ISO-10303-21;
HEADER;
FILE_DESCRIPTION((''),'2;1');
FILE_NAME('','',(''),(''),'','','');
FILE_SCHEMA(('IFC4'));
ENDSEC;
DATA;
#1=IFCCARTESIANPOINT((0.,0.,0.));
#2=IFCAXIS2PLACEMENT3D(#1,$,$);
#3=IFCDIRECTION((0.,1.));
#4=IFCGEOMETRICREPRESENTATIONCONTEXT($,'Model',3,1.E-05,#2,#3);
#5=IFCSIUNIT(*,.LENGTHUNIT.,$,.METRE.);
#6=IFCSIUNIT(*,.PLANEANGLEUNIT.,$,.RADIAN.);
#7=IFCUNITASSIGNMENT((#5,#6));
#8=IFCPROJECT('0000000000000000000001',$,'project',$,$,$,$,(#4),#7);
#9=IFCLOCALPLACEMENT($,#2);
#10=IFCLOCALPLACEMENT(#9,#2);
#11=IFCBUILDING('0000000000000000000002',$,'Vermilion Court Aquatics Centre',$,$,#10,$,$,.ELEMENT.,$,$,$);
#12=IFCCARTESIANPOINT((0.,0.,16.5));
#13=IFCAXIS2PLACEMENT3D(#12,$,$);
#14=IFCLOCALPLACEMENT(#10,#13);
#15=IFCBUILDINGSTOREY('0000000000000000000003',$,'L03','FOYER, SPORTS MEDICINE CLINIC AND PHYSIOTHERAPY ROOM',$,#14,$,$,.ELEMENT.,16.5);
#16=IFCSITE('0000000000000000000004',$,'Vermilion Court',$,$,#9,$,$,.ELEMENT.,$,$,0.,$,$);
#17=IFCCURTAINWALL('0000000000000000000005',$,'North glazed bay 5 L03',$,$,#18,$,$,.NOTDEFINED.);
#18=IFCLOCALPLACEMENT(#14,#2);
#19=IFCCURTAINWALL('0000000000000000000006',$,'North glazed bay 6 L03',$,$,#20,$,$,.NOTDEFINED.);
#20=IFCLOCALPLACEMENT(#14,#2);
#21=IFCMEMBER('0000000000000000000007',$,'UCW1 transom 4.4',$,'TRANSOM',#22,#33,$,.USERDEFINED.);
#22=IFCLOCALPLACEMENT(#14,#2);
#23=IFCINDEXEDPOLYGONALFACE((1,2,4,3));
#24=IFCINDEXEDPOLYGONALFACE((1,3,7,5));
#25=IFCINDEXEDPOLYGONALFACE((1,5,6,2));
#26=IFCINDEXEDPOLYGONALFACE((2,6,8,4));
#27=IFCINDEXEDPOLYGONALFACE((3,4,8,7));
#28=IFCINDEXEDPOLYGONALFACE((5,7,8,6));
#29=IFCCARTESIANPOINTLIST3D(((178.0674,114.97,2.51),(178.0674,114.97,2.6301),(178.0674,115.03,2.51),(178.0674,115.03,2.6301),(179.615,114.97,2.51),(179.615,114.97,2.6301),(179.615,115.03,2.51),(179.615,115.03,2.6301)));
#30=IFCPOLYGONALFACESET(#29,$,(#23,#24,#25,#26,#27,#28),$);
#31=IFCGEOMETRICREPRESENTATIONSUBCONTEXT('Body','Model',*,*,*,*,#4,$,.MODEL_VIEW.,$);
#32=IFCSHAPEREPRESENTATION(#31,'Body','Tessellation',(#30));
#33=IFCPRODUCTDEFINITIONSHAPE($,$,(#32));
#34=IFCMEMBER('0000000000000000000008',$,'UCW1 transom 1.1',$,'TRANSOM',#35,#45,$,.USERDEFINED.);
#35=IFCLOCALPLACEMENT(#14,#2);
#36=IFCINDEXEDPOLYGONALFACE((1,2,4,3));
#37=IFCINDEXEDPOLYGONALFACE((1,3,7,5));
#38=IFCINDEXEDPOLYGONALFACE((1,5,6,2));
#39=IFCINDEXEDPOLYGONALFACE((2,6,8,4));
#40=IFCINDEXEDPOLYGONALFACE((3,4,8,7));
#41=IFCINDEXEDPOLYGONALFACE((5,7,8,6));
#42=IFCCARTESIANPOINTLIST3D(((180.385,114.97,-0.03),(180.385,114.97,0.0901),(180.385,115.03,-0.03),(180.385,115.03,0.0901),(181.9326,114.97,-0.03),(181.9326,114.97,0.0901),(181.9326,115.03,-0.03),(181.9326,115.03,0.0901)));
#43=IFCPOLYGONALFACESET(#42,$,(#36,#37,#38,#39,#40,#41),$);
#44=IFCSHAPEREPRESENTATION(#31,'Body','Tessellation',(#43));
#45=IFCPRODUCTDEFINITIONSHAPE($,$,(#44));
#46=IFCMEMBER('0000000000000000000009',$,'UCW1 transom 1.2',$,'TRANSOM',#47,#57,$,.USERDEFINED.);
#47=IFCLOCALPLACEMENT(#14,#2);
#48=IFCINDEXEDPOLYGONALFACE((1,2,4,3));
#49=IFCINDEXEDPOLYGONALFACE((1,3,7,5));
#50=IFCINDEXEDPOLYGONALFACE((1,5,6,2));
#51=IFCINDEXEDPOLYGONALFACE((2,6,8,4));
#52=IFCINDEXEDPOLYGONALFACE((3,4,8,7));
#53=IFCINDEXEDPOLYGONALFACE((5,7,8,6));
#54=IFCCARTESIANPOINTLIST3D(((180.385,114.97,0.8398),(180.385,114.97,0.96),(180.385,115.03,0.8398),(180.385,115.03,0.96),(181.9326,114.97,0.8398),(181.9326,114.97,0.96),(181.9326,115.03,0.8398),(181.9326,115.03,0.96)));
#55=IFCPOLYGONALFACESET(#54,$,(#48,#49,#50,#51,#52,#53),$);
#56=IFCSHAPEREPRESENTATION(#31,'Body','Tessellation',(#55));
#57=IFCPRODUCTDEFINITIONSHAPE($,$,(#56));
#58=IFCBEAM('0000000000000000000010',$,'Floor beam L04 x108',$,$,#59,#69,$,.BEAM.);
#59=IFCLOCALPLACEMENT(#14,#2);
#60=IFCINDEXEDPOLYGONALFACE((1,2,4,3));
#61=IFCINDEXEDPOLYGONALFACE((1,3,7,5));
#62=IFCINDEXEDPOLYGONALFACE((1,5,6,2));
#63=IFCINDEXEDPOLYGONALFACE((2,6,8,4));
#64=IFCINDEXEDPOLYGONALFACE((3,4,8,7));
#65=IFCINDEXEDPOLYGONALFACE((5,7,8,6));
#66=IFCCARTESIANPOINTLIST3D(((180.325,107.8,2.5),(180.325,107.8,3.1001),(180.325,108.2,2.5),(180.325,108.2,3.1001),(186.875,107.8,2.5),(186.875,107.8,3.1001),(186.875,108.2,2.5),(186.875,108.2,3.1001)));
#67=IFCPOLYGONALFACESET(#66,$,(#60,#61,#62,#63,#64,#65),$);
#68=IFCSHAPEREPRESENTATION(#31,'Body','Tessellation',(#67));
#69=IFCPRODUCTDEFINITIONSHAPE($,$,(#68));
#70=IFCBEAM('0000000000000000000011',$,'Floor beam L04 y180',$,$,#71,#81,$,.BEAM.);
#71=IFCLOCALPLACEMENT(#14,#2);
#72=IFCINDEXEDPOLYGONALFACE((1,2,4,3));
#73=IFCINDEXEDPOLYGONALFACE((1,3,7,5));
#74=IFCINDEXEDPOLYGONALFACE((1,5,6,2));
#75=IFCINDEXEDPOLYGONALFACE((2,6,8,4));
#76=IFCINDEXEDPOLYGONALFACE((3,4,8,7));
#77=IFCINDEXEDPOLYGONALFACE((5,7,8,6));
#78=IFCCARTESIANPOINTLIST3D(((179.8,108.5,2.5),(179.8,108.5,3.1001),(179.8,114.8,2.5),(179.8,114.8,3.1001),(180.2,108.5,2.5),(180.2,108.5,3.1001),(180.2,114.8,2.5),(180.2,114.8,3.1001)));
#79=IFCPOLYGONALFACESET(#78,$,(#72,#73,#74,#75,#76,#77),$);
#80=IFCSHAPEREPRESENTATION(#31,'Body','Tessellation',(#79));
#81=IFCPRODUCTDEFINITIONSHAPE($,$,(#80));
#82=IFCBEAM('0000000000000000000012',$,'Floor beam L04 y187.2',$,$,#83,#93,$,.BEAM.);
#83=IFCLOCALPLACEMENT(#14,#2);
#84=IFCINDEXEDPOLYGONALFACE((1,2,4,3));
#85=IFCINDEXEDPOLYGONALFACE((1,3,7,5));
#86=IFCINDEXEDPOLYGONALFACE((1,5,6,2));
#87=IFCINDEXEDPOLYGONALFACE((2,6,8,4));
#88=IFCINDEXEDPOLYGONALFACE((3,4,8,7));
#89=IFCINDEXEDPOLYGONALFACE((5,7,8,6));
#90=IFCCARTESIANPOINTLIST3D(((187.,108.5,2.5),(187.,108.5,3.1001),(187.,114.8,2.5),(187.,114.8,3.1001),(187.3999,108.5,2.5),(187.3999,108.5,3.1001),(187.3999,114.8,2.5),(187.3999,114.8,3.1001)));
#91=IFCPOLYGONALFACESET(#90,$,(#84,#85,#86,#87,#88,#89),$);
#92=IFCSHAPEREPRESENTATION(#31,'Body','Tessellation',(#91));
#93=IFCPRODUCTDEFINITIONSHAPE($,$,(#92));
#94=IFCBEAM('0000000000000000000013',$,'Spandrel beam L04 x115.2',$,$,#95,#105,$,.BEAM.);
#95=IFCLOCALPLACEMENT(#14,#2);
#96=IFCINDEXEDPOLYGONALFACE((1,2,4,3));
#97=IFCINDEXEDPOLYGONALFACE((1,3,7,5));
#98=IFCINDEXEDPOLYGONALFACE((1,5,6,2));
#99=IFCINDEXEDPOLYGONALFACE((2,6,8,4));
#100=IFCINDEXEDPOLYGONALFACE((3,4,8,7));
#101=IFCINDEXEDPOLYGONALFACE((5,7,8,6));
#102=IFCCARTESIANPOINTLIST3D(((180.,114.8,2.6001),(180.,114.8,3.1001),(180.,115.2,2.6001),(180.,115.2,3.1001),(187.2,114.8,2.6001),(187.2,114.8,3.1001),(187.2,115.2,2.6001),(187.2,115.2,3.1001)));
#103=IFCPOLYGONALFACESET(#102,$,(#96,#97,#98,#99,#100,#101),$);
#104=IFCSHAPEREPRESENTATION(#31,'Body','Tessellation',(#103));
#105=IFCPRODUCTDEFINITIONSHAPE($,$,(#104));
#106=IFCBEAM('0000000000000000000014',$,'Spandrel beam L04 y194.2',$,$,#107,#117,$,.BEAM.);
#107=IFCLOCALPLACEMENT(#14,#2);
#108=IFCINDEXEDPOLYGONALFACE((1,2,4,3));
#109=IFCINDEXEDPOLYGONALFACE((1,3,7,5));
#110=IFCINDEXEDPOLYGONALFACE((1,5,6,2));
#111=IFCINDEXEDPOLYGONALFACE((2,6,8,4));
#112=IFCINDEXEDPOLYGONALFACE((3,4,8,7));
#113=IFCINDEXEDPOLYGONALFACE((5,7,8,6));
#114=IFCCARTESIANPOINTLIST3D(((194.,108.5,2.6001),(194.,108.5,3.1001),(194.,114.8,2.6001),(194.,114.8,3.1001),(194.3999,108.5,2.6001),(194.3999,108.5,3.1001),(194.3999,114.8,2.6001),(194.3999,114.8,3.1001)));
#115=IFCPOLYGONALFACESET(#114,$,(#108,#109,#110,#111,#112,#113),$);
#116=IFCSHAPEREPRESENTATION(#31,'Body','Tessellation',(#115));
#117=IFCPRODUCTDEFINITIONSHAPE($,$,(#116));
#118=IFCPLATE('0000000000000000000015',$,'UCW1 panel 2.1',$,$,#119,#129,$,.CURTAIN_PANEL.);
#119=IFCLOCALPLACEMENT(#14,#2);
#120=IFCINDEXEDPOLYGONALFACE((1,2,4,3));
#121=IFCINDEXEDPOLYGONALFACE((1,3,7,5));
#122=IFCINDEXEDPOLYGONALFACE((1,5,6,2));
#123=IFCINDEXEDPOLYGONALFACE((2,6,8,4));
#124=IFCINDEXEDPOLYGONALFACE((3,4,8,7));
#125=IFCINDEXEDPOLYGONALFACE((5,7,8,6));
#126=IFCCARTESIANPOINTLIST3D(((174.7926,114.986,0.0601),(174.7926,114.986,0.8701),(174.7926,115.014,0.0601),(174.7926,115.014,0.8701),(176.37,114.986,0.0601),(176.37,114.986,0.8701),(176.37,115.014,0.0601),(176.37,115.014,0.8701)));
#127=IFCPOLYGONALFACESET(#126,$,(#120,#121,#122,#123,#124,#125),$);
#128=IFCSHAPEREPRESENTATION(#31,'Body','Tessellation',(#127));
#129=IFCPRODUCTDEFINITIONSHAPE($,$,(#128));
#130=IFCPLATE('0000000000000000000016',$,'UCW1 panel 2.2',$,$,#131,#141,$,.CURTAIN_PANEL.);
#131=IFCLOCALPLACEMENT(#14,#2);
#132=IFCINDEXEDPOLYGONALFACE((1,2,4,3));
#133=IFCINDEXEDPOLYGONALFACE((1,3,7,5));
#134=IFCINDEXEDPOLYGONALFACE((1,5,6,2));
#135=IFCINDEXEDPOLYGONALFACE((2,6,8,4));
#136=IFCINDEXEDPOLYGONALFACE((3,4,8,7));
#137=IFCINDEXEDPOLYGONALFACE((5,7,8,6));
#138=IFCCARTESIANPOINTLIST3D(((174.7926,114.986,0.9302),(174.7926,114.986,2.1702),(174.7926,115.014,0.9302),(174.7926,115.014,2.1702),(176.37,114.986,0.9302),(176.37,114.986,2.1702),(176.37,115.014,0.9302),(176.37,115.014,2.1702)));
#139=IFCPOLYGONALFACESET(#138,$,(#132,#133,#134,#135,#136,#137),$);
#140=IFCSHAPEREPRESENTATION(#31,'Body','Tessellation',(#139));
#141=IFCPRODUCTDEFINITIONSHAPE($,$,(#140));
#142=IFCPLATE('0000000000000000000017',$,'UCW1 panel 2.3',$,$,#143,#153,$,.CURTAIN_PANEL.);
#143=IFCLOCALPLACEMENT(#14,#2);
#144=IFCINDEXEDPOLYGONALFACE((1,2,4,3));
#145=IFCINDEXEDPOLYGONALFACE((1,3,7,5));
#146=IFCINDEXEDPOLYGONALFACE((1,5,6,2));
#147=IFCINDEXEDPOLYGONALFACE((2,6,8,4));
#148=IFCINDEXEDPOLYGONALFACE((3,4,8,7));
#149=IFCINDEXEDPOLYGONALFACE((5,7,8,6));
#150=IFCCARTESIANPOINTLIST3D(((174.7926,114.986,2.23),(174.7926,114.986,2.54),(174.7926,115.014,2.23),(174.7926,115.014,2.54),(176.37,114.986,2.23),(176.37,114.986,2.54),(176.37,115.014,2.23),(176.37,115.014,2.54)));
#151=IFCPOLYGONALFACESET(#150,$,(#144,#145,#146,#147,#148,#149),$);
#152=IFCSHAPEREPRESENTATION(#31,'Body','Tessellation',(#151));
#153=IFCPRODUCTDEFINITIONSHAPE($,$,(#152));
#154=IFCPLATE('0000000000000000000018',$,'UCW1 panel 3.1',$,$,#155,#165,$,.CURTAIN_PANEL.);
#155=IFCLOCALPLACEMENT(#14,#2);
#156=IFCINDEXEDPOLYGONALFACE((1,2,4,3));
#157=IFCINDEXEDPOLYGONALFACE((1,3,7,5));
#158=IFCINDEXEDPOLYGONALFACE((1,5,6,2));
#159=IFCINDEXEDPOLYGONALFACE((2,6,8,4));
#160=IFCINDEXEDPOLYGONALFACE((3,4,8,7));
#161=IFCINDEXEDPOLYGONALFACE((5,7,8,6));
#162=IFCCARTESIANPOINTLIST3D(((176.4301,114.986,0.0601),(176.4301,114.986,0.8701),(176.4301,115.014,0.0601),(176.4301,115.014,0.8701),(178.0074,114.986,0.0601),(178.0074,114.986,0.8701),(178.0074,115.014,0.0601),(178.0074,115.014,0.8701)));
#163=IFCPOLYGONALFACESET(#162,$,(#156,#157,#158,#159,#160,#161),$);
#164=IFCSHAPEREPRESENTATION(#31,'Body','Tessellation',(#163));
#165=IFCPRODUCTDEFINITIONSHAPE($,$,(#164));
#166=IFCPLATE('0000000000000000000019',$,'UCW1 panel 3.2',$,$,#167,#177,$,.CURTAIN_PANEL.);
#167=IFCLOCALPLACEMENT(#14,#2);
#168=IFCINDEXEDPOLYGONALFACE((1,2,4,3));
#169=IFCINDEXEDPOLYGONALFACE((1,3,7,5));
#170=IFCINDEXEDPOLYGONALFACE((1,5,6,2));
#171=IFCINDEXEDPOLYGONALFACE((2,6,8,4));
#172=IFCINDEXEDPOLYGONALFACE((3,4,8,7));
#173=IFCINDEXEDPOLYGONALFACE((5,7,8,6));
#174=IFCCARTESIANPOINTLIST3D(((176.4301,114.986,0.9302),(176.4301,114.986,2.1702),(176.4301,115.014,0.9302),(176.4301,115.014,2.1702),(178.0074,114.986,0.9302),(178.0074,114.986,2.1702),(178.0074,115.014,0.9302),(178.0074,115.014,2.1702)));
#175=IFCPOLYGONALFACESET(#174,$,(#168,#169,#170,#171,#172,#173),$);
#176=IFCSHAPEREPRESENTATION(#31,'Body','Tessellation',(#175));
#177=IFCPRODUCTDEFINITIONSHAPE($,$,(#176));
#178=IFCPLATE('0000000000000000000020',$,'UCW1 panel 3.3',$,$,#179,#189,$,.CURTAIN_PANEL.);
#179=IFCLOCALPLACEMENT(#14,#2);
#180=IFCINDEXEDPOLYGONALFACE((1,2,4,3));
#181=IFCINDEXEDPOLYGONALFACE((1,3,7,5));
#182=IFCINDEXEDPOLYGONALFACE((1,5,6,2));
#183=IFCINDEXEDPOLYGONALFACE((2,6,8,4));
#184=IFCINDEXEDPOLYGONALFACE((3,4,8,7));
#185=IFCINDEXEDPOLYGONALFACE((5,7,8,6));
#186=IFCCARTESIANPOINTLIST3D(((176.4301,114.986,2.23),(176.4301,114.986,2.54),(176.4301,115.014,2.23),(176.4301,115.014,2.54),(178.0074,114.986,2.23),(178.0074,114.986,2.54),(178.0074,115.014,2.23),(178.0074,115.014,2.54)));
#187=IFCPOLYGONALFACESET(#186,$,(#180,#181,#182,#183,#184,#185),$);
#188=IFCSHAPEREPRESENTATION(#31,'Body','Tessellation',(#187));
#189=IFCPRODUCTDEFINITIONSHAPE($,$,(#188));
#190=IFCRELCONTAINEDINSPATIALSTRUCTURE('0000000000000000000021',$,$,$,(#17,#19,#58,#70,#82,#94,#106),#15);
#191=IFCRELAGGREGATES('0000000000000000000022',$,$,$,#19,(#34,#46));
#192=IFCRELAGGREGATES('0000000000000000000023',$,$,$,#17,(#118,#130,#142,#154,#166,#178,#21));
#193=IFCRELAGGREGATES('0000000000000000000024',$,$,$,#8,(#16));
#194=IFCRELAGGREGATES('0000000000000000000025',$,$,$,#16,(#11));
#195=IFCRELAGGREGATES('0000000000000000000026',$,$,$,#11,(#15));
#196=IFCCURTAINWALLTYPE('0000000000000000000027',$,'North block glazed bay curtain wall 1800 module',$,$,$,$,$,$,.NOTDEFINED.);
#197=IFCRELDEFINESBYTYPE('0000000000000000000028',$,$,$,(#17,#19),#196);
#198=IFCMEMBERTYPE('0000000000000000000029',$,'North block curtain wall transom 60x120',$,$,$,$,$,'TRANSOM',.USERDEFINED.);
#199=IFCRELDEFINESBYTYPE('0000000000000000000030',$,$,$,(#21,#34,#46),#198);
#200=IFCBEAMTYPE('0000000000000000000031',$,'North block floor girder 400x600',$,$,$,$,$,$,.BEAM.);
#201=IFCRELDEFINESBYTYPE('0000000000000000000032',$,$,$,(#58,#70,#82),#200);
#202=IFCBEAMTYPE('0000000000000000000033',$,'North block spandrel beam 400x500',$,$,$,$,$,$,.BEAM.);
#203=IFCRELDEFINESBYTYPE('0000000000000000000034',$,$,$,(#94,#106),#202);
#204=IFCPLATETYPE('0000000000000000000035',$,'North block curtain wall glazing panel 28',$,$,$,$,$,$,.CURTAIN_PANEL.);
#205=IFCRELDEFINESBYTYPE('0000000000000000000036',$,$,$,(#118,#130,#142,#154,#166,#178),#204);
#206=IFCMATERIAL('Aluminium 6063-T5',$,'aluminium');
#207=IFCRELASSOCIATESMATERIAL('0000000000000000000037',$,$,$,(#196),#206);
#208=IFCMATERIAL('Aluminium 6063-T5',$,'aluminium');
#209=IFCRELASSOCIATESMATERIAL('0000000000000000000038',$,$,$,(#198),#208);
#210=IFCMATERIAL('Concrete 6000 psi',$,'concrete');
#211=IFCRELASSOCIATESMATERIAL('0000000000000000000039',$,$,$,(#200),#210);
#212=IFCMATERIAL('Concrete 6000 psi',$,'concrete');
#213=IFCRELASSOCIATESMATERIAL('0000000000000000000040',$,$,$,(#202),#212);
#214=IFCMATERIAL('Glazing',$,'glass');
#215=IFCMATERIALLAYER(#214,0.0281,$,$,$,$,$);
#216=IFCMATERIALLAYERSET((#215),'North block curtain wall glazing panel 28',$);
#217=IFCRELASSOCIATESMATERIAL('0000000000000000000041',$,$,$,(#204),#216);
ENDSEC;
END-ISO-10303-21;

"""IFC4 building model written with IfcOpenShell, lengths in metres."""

from ifc_helpers import new_model, si_unit, direction, frame, origin, origin_2d, place, context, subcontext, project, spatial, rectangle, extrude, material, layer, layer_set, material_profile, profile_set, type_object, element, aggregate, save


model = new_model("IFC4")

# Units and contexts
model_context = context("Model", 3, precision=1e-05, world=origin(), true_north=direction((0.0, 1.0)))
body_context = subcontext(model_context, "Body", "Model", "MODEL_VIEW")
ifc_project = project(units=[si_unit("LENGTHUNIT", "METRE"), si_unit("PLANEANGLEUNIT", "RADIAN")], contexts=[model_context])

# Site, building, storey
site_placement = place(None, origin())
site = spatial("IfcSite", under=ifc_project, at=site_placement, Name="Vermilion Court", CompositionType="ELEMENT", RefElevation=0.0)
building_placement = place(site_placement, origin())
building = spatial("IfcBuilding", under=site, at=building_placement, Name="Vermilion Court Aquatics Centre", CompositionType="ELEMENT")
storey_placement = place(building_placement, frame((0.0, 0.0, 16.5)))
storey = spatial("IfcBuildingStorey", under=building, at=storey_placement, Name="L03", Description="FOYER, SPORTS MEDICINE CLINIC AND PHYSIOTHERAPY ROOM", CompositionType="ELEMENT", Elevation=16.5)

# Curtain wall
ifc_material_1 = material(Name="Aluminium 6063-T5", Category="aluminium")
curtain_wall_type = type_object("IfcCurtainWallType", Name="North block glazed bay curtain wall 1800 module", PredefinedType="NOTDEFINED", material=ifc_material_1)
curtain_wall_1_placement = place(storey_placement, origin())
curtain_wall_1 = element("IfcCurtainWall", 1, at=curtain_wall_1_placement, inside=storey, type_object=curtain_wall_type, Name="North glazed bay 5 L03", PredefinedType="NOTDEFINED")

# Curtain wall
curtain_wall_2_placement = place(storey_placement, origin())
curtain_wall_2 = element("IfcCurtainWall", 2, at=curtain_wall_2_placement, inside=storey, type_object=curtain_wall_type, Name="North glazed bay 6 L03", PredefinedType="NOTDEFINED")

# Members
ifc_material_2 = material(Name="Aluminium 6063-T5", Category="aluminium")
ifc_material_profile_1 = material_profile(ifc_material_2, rectangle(XDim=0.0601, YDim=0.1201, at=origin_2d()), Name="AL 60x120")
ifc_profile_set_1 = profile_set([ifc_material_profile_1], Name="Aluminium 6063-T5")
member_type_1 = type_object("IfcMemberType", Name="North block curtain wall transom 60x120", ElementType="TRANSOM", PredefinedType="USERDEFINED", material=ifc_profile_set_1)
member_1_placement = place(storey_placement, frame((178.0674, 115.0, 2.5701), z_axis=(1.0, 0.0, 0.0), x_axis=(0.0, 1.0, 0.0)))
member_1 = element("IfcMember", 3, at=member_1_placement, type_object=member_type_1, Name="UCW1 transom 4.4", ObjectType="TRANSOM", PredefinedType="USERDEFINED", context=body_context, shape_type="SweptSolid", body=[
    extrude(rectangle(XDim=0.0601, YDim=0.1201, at=origin_2d()), origin(), (0.0, 0.0, 1.0), 1.5476),
])
member_2_placement = place(storey_placement, frame((180.385, 115.0, 0.03), z_axis=(1.0, 0.0, 0.0), x_axis=(0.0, 1.0, 0.0)))
member_2 = element("IfcMember", 4, at=member_2_placement, type_object=member_type_1, Name="UCW1 transom 1.1", ObjectType="TRANSOM", PredefinedType="USERDEFINED", context=body_context, shape_type="SweptSolid", body=[
    extrude(rectangle(XDim=0.0601, YDim=0.1201, at=origin_2d()), origin(), (0.0, 0.0, 1.0), 1.5476),
])
member_3_placement = place(storey_placement, frame((180.385, 115.0, 0.8999), z_axis=(1.0, 0.0, 0.0), x_axis=(0.0, 1.0, 0.0)))
member_3 = element("IfcMember", 5, at=member_3_placement, type_object=member_type_1, Name="UCW1 transom 1.2", ObjectType="TRANSOM", PredefinedType="USERDEFINED", context=body_context, shape_type="SweptSolid", body=[
    extrude(rectangle(XDim=0.0601, YDim=0.1201, at=origin_2d()), origin(), (0.0, 0.0, 1.0), 1.5476),
])
aggregate(curtain_wall_2, [member_2, member_3])

# Beams
ifc_material_3 = material(Name="Concrete 6000 psi", Category="concrete")
ifc_material_profile_2 = material_profile(ifc_material_3, rectangle(XDim=0.3999, YDim=0.6001, at=origin_2d()), Name="RC 400x600")
ifc_profile_set_2 = profile_set([ifc_material_profile_2], Name="Concrete 6000 psi")
beam_type_1 = type_object("IfcBeamType", Name="North block floor girder 400x600", PredefinedType="BEAM", material=ifc_profile_set_2)
beam_1_placement = place(storey_placement, frame((180.325, 108.0, 2.8), z_axis=(1.0, 0.0, 0.0), x_axis=(0.0, 1.0, 0.0)))
element("IfcBeam", 6, at=beam_1_placement, inside=storey, type_object=beam_type_1, Name="Floor beam L04 x108", PredefinedType="BEAM", context=body_context, shape_type="SweptSolid", body=[
    extrude(rectangle(XDim=0.3999, YDim=0.6001, at=origin_2d()), origin(), (0.0, 0.0, 1.0), 6.55),
])
for number, where, z_axis, x_axis, name in (
    (7, (180.0, 108.5, 2.8), (0.0, 1.0, 0.0), (-1.0, 0.0, 0.0), "Floor beam L04 y180"),
    (8, (187.2, 108.5, 2.8), (0.0, 1.0, 0.0), (-1.0, 0.0, 0.0), "Floor beam L04 y187.2"),
):
    element("IfcBeam", number, at=place(storey_placement, frame(where, z_axis=z_axis, x_axis=x_axis)), inside=storey, type_object=beam_type_1, Name=name, PredefinedType="BEAM", context=body_context, shape_type="SweptSolid", body=[
        extrude(rectangle(XDim=0.3999, YDim=0.6001, at=origin_2d()), origin(), (0.0, 0.0, 1.0), 6.3),
    ])
ifc_material_4 = material(Name="Concrete 6000 psi", Category="concrete")
ifc_material_profile_3 = material_profile(ifc_material_4, rectangle(XDim=0.3999, YDim=0.5, at=origin_2d()), Name="RC 400x500")
ifc_profile_set_3 = profile_set([ifc_material_profile_3], Name="Concrete 6000 psi")
beam_type_2 = type_object("IfcBeamType", Name="North block spandrel beam 400x500", PredefinedType="BEAM", material=ifc_profile_set_3)
beam_2_placement = place(storey_placement, frame((180.0, 115.0, 2.8501), z_axis=(1.0, 0.0, 0.0), x_axis=(0.0, 1.0, 0.0)))
element("IfcBeam", 9, at=beam_2_placement, inside=storey, type_object=beam_type_2, Name="Spandrel beam L04 x115.2", PredefinedType="BEAM", context=body_context, shape_type="SweptSolid", body=[
    extrude(rectangle(XDim=0.3999, YDim=0.5, at=origin_2d()), origin(), (0.0, 0.0, 1.0), 7.2),
])
beam_3_placement = place(storey_placement, frame((194.2, 108.5, 2.8501), z_axis=(0.0, 1.0, 0.0), x_axis=(-1.0, 0.0, 0.0)))
element("IfcBeam", 10, at=beam_3_placement, inside=storey, type_object=beam_type_2, Name="Spandrel beam L04 y194.2", PredefinedType="BEAM", context=body_context, shape_type="SweptSolid", body=[
    extrude(rectangle(XDim=0.3999, YDim=0.5, at=origin_2d()), origin(), (0.0, 0.0, 1.0), 6.3),
])

# Plates
ifc_material_5 = material(Name="Glazing", Category="glass")
ifc_layer_1 = layer(ifc_material_5, 0.0281)
ifc_layer_set_1 = layer_set([ifc_layer_1], Name="North block curtain wall glazing panel 28")
plate_type = type_object("IfcPlateType", Name="North block curtain wall glazing panel 28", PredefinedType="CURTAIN_PANEL", material=ifc_layer_set_1)
plate_1_placement = place(storey_placement, frame((175.5813, 115.0, 0.0601), z_axis=(0.0, 0.0, 1.0), x_axis=(1.0, 0.0, 0.0)))
plate_1 = element("IfcPlate", 11, at=plate_1_placement, type_object=plate_type, Name="UCW1 panel 2.1", PredefinedType="CURTAIN_PANEL", context=body_context, shape_type="SweptSolid", body=[
    extrude(rectangle(XDim=1.5774, YDim=0.0281, at=origin_2d()), origin(), (0.0, 0.0, 1.0), 0.8101),
])
plate_2_placement = place(storey_placement, frame((175.5813, 115.0, 0.9302), z_axis=(0.0, 0.0, 1.0), x_axis=(1.0, 0.0, 0.0)))
plate_2 = element("IfcPlate", 12, at=plate_2_placement, type_object=plate_type, Name="UCW1 panel 2.2", PredefinedType="CURTAIN_PANEL", context=body_context, shape_type="SweptSolid", body=[
    extrude(rectangle(XDim=1.5774, YDim=0.0281, at=origin_2d()), origin(), (0.0, 0.0, 1.0), 1.24),
])
plate_3_placement = place(storey_placement, frame((175.5813, 115.0, 2.23), z_axis=(0.0, 0.0, 1.0), x_axis=(1.0, 0.0, 0.0)))
plate_3 = element("IfcPlate", 13, at=plate_3_placement, type_object=plate_type, Name="UCW1 panel 2.3", PredefinedType="CURTAIN_PANEL", context=body_context, shape_type="SweptSolid", body=[
    extrude(rectangle(XDim=1.5774, YDim=0.0281, at=origin_2d()), origin(), (0.0, 0.0, 1.0), 0.3101),
])
plate_4_placement = place(storey_placement, frame((177.2188, 115.0, 0.0601), z_axis=(0.0, 0.0, 1.0), x_axis=(1.0, 0.0, 0.0)))
plate_4 = element("IfcPlate", 14, at=plate_4_placement, type_object=plate_type, Name="UCW1 panel 3.1", PredefinedType="CURTAIN_PANEL", context=body_context, shape_type="SweptSolid", body=[
    extrude(rectangle(XDim=1.5774, YDim=0.0281, at=origin_2d()), origin(), (0.0, 0.0, 1.0), 0.8101),
])
plate_5_placement = place(storey_placement, frame((177.2188, 115.0, 0.9302), z_axis=(0.0, 0.0, 1.0), x_axis=(1.0, 0.0, 0.0)))
plate_5 = element("IfcPlate", 15, at=plate_5_placement, type_object=plate_type, Name="UCW1 panel 3.2", PredefinedType="CURTAIN_PANEL", context=body_context, shape_type="SweptSolid", body=[
    extrude(rectangle(XDim=1.5774, YDim=0.0281, at=origin_2d()), origin(), (0.0, 0.0, 1.0), 1.24),
])
plate_6_placement = place(storey_placement, frame((177.2188, 115.0, 2.23), z_axis=(0.0, 0.0, 1.0), x_axis=(1.0, 0.0, 0.0)))
plate_6 = element("IfcPlate", 16, at=plate_6_placement, type_object=plate_type, Name="UCW1 panel 3.3", PredefinedType="CURTAIN_PANEL", context=body_context, shape_type="SweptSolid", body=[
    extrude(rectangle(XDim=1.5774, YDim=0.0281, at=origin_2d()), origin(), (0.0, 0.0, 1.0), 0.3101),
])
aggregate(curtain_wall_1, [plate_1, plate_2, plate_3, plate_4, plate_5, plate_6, member_1])

save(model, "model.ifc")
